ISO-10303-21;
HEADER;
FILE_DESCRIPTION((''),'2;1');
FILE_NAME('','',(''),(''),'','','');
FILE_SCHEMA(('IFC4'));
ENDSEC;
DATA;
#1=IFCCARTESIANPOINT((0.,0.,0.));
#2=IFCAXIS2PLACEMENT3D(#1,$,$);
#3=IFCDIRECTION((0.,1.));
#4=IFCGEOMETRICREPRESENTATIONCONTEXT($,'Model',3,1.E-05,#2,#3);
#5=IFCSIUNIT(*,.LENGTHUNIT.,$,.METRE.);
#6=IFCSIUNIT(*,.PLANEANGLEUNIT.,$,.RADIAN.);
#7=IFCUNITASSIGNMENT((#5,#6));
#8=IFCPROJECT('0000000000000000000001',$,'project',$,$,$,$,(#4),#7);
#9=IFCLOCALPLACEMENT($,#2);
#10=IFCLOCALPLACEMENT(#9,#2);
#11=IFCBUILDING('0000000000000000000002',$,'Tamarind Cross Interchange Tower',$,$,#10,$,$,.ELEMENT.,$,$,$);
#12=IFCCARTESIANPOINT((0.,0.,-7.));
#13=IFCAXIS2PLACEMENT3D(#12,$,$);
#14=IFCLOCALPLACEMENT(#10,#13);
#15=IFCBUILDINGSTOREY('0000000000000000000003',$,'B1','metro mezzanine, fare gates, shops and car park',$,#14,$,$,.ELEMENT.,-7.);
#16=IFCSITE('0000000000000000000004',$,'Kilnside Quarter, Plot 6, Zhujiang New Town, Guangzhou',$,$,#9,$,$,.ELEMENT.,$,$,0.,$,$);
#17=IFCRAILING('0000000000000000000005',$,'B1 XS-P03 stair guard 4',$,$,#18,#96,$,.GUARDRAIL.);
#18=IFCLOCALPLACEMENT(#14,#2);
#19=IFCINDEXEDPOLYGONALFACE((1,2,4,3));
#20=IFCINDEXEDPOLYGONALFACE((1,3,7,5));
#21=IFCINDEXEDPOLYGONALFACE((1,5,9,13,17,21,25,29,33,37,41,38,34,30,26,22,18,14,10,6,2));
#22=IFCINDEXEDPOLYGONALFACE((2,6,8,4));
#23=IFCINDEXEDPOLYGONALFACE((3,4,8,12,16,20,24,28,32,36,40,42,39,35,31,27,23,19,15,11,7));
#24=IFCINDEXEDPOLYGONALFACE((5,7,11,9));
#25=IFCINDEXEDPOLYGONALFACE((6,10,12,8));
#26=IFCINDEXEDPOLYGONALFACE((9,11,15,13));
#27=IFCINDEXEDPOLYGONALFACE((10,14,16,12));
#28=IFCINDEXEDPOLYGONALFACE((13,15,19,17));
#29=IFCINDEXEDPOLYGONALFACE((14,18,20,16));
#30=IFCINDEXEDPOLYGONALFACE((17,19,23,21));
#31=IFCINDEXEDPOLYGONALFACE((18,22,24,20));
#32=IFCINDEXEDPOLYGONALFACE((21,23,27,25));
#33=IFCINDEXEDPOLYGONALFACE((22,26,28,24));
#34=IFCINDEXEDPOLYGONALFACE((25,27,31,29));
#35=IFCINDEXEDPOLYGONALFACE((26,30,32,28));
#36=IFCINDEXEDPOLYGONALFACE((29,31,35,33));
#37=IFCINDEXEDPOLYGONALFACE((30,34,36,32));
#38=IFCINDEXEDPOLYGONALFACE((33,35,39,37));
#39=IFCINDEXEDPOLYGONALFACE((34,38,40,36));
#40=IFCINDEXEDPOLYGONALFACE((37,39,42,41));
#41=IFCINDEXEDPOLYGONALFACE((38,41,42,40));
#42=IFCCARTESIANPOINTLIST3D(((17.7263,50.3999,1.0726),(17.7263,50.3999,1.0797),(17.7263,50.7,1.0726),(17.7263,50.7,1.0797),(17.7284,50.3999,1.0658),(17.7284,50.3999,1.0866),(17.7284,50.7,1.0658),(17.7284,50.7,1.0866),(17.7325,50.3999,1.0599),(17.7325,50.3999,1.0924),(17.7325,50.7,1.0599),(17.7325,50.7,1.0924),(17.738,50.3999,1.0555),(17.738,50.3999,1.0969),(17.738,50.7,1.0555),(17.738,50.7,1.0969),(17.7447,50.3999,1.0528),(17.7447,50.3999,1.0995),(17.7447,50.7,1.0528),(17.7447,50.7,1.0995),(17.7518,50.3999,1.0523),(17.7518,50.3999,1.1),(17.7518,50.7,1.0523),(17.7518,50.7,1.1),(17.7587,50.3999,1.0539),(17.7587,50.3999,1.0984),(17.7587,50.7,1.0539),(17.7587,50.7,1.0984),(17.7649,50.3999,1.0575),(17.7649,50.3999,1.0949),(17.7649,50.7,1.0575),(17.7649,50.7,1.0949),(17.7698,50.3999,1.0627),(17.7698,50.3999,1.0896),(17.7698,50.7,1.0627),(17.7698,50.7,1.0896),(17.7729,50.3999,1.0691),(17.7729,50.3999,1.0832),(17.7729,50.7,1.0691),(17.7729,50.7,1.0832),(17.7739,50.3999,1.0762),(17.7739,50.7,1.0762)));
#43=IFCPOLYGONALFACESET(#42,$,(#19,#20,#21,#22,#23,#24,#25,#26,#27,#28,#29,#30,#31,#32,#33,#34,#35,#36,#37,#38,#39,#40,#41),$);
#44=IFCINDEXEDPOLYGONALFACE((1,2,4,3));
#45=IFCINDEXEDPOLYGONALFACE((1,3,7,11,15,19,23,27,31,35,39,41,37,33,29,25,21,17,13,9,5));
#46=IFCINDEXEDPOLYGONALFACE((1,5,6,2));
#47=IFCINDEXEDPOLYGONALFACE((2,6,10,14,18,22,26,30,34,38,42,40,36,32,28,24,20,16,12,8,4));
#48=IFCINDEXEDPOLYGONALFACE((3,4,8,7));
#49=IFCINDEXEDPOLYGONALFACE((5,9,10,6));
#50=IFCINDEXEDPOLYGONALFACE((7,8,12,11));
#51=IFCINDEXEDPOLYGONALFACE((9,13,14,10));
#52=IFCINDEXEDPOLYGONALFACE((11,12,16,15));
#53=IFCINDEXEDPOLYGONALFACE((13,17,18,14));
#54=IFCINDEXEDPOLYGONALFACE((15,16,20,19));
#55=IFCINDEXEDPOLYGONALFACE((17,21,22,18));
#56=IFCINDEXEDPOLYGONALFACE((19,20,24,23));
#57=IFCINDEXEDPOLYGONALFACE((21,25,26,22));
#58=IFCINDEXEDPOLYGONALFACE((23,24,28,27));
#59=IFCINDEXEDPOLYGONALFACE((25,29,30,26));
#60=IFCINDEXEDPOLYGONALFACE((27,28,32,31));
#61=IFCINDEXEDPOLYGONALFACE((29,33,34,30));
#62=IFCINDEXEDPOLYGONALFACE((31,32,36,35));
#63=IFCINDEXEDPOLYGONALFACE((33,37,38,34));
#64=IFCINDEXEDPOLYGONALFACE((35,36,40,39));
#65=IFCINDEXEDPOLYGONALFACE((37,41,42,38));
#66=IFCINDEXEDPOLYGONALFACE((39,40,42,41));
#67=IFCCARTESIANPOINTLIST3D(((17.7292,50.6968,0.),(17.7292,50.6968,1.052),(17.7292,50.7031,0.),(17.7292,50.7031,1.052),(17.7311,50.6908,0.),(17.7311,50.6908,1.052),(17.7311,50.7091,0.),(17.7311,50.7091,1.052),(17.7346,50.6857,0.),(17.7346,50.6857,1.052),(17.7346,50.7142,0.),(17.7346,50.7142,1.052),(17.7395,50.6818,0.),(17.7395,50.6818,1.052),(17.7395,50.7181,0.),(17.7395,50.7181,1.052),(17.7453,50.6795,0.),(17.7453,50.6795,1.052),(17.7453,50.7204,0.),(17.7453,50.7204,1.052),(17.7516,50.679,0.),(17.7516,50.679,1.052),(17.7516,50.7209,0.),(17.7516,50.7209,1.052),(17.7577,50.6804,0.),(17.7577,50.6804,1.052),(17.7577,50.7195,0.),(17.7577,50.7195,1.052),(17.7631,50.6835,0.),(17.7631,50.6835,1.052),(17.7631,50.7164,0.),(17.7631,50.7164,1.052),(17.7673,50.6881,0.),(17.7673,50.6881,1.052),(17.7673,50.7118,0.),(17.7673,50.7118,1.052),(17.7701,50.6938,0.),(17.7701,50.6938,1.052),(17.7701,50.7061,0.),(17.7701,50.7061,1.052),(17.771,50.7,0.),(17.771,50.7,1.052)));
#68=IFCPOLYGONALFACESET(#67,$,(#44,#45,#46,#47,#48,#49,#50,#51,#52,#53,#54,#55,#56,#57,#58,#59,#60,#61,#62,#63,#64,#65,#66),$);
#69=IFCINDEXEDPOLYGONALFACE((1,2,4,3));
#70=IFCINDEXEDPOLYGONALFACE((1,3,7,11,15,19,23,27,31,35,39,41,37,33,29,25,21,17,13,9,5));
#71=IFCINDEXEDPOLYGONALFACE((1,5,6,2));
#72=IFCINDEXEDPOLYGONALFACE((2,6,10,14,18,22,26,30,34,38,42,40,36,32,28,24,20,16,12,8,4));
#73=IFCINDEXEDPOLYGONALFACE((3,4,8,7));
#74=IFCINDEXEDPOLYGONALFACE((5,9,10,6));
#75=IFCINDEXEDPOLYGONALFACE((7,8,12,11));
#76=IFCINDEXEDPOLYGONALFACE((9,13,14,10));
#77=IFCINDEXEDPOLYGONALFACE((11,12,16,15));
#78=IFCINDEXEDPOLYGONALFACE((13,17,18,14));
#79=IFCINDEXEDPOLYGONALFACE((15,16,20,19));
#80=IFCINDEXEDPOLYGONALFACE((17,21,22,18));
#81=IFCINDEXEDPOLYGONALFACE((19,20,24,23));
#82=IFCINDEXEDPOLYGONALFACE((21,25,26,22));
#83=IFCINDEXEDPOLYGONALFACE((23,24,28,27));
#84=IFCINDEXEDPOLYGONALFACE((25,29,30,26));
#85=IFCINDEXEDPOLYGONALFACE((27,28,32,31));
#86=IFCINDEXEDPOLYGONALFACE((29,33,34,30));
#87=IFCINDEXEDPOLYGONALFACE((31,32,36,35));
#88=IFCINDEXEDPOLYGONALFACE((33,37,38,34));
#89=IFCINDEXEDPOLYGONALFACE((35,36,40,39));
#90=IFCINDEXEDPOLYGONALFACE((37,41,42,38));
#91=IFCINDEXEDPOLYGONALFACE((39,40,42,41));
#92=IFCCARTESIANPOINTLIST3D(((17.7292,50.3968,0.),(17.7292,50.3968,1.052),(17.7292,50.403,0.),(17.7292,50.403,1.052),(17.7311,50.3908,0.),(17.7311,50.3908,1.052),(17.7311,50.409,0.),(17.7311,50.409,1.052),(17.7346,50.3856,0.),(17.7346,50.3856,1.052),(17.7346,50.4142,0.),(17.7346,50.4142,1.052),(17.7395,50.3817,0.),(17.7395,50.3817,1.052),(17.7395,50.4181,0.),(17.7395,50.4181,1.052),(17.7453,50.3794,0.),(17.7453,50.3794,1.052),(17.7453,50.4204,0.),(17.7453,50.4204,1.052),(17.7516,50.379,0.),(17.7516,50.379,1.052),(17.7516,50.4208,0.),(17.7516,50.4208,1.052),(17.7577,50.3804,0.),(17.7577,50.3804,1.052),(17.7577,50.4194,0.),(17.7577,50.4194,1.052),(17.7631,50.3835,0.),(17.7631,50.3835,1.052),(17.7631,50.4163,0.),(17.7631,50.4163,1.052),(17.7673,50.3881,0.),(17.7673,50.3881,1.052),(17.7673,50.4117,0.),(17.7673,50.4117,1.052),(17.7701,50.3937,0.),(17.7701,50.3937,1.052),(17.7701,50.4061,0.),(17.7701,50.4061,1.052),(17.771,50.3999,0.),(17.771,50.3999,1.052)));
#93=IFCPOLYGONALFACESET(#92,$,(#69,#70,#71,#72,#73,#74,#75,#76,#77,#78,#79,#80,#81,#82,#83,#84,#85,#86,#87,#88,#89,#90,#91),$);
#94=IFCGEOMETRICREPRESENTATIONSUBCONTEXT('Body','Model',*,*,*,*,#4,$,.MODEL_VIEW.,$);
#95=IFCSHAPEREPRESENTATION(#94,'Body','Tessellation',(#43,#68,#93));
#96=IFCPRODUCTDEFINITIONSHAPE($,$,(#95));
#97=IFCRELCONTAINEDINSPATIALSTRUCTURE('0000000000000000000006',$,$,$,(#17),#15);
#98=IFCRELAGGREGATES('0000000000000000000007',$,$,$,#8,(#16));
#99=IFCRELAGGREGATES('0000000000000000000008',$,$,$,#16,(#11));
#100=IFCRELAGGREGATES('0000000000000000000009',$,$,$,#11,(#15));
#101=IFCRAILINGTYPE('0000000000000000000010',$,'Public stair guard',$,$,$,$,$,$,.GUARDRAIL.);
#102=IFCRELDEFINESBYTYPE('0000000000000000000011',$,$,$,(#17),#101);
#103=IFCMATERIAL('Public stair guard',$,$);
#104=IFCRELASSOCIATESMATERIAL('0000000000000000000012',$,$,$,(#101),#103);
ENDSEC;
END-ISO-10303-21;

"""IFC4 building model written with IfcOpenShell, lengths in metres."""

from ifc_helpers import new_model, si_unit, direction, frame, origin, origin_2d, place, context, subcontext, project, spatial, circle, extrude, material, type_object, element, save


model = new_model("IFC4")

# Units and contexts
model_context = context("Model", 3, precision=1e-05, world=origin(), true_north=direction((0.0, 1.0)))
body_context = subcontext(model_context, "Body", "Model", "MODEL_VIEW")
ifc_project = project(units=[si_unit("LENGTHUNIT", "METRE"), si_unit("PLANEANGLEUNIT", "RADIAN")], contexts=[model_context])

# Site, building, storey
site_placement = place(None, origin())
site = spatial("IfcSite", under=ifc_project, at=site_placement, Name="Kilnside Quarter, Plot 6, Zhujiang New Town, Guangzhou", CompositionType="ELEMENT", RefElevation=0.0)
building_placement = place(site_placement, origin())
building = spatial("IfcBuilding", under=site, at=building_placement, Name="Tamarind Cross Interchange Tower", CompositionType="ELEMENT")
storey_placement = place(building_placement, frame((0.0, 0.0, -7.0)))
storey = spatial("IfcBuildingStorey", under=building, at=storey_placement, Name="B1", Description="metro mezzanine, fare gates, shops and car park", CompositionType="ELEMENT", Elevation=-7.0)

# Railing
ifc_material_1 = material(Name="Public stair guard")
railing_type_1 = type_object("IfcRailingType", Name="Public stair guard", PredefinedType="GUARDRAIL", material=ifc_material_1)
railing_1_placement = place(storey_placement, frame((17.75, 50.7, 0.0)))
element("IfcRailing", 1, at=railing_1_placement, inside=storey, type_object=railing_type_1, Name="B1 XS-P03 stair guard 4", PredefinedType="GUARDRAIL", context=body_context, shape_type="SweptSolid", body=[
    extrude(circle(Radius=0.0239, at=origin_2d()), frame((0.0, 0.0, 1.0762), z_axis=(0.0, -1.0, 0.0), x_axis=(1.0, 0.0, 0.0)), (0.0, 0.0, 1.0), 0.3),
    extrude(circle(Radius=0.021, at=origin_2d()), origin(), (0.0, 0.0, 1.0), 1.052),
    extrude(circle(Radius=0.021, at=origin_2d()), frame((0.0, -0.3, 0.0)), (0.0, 0.0, 1.0), 1.052),
])

save(model, "model.ifc")
